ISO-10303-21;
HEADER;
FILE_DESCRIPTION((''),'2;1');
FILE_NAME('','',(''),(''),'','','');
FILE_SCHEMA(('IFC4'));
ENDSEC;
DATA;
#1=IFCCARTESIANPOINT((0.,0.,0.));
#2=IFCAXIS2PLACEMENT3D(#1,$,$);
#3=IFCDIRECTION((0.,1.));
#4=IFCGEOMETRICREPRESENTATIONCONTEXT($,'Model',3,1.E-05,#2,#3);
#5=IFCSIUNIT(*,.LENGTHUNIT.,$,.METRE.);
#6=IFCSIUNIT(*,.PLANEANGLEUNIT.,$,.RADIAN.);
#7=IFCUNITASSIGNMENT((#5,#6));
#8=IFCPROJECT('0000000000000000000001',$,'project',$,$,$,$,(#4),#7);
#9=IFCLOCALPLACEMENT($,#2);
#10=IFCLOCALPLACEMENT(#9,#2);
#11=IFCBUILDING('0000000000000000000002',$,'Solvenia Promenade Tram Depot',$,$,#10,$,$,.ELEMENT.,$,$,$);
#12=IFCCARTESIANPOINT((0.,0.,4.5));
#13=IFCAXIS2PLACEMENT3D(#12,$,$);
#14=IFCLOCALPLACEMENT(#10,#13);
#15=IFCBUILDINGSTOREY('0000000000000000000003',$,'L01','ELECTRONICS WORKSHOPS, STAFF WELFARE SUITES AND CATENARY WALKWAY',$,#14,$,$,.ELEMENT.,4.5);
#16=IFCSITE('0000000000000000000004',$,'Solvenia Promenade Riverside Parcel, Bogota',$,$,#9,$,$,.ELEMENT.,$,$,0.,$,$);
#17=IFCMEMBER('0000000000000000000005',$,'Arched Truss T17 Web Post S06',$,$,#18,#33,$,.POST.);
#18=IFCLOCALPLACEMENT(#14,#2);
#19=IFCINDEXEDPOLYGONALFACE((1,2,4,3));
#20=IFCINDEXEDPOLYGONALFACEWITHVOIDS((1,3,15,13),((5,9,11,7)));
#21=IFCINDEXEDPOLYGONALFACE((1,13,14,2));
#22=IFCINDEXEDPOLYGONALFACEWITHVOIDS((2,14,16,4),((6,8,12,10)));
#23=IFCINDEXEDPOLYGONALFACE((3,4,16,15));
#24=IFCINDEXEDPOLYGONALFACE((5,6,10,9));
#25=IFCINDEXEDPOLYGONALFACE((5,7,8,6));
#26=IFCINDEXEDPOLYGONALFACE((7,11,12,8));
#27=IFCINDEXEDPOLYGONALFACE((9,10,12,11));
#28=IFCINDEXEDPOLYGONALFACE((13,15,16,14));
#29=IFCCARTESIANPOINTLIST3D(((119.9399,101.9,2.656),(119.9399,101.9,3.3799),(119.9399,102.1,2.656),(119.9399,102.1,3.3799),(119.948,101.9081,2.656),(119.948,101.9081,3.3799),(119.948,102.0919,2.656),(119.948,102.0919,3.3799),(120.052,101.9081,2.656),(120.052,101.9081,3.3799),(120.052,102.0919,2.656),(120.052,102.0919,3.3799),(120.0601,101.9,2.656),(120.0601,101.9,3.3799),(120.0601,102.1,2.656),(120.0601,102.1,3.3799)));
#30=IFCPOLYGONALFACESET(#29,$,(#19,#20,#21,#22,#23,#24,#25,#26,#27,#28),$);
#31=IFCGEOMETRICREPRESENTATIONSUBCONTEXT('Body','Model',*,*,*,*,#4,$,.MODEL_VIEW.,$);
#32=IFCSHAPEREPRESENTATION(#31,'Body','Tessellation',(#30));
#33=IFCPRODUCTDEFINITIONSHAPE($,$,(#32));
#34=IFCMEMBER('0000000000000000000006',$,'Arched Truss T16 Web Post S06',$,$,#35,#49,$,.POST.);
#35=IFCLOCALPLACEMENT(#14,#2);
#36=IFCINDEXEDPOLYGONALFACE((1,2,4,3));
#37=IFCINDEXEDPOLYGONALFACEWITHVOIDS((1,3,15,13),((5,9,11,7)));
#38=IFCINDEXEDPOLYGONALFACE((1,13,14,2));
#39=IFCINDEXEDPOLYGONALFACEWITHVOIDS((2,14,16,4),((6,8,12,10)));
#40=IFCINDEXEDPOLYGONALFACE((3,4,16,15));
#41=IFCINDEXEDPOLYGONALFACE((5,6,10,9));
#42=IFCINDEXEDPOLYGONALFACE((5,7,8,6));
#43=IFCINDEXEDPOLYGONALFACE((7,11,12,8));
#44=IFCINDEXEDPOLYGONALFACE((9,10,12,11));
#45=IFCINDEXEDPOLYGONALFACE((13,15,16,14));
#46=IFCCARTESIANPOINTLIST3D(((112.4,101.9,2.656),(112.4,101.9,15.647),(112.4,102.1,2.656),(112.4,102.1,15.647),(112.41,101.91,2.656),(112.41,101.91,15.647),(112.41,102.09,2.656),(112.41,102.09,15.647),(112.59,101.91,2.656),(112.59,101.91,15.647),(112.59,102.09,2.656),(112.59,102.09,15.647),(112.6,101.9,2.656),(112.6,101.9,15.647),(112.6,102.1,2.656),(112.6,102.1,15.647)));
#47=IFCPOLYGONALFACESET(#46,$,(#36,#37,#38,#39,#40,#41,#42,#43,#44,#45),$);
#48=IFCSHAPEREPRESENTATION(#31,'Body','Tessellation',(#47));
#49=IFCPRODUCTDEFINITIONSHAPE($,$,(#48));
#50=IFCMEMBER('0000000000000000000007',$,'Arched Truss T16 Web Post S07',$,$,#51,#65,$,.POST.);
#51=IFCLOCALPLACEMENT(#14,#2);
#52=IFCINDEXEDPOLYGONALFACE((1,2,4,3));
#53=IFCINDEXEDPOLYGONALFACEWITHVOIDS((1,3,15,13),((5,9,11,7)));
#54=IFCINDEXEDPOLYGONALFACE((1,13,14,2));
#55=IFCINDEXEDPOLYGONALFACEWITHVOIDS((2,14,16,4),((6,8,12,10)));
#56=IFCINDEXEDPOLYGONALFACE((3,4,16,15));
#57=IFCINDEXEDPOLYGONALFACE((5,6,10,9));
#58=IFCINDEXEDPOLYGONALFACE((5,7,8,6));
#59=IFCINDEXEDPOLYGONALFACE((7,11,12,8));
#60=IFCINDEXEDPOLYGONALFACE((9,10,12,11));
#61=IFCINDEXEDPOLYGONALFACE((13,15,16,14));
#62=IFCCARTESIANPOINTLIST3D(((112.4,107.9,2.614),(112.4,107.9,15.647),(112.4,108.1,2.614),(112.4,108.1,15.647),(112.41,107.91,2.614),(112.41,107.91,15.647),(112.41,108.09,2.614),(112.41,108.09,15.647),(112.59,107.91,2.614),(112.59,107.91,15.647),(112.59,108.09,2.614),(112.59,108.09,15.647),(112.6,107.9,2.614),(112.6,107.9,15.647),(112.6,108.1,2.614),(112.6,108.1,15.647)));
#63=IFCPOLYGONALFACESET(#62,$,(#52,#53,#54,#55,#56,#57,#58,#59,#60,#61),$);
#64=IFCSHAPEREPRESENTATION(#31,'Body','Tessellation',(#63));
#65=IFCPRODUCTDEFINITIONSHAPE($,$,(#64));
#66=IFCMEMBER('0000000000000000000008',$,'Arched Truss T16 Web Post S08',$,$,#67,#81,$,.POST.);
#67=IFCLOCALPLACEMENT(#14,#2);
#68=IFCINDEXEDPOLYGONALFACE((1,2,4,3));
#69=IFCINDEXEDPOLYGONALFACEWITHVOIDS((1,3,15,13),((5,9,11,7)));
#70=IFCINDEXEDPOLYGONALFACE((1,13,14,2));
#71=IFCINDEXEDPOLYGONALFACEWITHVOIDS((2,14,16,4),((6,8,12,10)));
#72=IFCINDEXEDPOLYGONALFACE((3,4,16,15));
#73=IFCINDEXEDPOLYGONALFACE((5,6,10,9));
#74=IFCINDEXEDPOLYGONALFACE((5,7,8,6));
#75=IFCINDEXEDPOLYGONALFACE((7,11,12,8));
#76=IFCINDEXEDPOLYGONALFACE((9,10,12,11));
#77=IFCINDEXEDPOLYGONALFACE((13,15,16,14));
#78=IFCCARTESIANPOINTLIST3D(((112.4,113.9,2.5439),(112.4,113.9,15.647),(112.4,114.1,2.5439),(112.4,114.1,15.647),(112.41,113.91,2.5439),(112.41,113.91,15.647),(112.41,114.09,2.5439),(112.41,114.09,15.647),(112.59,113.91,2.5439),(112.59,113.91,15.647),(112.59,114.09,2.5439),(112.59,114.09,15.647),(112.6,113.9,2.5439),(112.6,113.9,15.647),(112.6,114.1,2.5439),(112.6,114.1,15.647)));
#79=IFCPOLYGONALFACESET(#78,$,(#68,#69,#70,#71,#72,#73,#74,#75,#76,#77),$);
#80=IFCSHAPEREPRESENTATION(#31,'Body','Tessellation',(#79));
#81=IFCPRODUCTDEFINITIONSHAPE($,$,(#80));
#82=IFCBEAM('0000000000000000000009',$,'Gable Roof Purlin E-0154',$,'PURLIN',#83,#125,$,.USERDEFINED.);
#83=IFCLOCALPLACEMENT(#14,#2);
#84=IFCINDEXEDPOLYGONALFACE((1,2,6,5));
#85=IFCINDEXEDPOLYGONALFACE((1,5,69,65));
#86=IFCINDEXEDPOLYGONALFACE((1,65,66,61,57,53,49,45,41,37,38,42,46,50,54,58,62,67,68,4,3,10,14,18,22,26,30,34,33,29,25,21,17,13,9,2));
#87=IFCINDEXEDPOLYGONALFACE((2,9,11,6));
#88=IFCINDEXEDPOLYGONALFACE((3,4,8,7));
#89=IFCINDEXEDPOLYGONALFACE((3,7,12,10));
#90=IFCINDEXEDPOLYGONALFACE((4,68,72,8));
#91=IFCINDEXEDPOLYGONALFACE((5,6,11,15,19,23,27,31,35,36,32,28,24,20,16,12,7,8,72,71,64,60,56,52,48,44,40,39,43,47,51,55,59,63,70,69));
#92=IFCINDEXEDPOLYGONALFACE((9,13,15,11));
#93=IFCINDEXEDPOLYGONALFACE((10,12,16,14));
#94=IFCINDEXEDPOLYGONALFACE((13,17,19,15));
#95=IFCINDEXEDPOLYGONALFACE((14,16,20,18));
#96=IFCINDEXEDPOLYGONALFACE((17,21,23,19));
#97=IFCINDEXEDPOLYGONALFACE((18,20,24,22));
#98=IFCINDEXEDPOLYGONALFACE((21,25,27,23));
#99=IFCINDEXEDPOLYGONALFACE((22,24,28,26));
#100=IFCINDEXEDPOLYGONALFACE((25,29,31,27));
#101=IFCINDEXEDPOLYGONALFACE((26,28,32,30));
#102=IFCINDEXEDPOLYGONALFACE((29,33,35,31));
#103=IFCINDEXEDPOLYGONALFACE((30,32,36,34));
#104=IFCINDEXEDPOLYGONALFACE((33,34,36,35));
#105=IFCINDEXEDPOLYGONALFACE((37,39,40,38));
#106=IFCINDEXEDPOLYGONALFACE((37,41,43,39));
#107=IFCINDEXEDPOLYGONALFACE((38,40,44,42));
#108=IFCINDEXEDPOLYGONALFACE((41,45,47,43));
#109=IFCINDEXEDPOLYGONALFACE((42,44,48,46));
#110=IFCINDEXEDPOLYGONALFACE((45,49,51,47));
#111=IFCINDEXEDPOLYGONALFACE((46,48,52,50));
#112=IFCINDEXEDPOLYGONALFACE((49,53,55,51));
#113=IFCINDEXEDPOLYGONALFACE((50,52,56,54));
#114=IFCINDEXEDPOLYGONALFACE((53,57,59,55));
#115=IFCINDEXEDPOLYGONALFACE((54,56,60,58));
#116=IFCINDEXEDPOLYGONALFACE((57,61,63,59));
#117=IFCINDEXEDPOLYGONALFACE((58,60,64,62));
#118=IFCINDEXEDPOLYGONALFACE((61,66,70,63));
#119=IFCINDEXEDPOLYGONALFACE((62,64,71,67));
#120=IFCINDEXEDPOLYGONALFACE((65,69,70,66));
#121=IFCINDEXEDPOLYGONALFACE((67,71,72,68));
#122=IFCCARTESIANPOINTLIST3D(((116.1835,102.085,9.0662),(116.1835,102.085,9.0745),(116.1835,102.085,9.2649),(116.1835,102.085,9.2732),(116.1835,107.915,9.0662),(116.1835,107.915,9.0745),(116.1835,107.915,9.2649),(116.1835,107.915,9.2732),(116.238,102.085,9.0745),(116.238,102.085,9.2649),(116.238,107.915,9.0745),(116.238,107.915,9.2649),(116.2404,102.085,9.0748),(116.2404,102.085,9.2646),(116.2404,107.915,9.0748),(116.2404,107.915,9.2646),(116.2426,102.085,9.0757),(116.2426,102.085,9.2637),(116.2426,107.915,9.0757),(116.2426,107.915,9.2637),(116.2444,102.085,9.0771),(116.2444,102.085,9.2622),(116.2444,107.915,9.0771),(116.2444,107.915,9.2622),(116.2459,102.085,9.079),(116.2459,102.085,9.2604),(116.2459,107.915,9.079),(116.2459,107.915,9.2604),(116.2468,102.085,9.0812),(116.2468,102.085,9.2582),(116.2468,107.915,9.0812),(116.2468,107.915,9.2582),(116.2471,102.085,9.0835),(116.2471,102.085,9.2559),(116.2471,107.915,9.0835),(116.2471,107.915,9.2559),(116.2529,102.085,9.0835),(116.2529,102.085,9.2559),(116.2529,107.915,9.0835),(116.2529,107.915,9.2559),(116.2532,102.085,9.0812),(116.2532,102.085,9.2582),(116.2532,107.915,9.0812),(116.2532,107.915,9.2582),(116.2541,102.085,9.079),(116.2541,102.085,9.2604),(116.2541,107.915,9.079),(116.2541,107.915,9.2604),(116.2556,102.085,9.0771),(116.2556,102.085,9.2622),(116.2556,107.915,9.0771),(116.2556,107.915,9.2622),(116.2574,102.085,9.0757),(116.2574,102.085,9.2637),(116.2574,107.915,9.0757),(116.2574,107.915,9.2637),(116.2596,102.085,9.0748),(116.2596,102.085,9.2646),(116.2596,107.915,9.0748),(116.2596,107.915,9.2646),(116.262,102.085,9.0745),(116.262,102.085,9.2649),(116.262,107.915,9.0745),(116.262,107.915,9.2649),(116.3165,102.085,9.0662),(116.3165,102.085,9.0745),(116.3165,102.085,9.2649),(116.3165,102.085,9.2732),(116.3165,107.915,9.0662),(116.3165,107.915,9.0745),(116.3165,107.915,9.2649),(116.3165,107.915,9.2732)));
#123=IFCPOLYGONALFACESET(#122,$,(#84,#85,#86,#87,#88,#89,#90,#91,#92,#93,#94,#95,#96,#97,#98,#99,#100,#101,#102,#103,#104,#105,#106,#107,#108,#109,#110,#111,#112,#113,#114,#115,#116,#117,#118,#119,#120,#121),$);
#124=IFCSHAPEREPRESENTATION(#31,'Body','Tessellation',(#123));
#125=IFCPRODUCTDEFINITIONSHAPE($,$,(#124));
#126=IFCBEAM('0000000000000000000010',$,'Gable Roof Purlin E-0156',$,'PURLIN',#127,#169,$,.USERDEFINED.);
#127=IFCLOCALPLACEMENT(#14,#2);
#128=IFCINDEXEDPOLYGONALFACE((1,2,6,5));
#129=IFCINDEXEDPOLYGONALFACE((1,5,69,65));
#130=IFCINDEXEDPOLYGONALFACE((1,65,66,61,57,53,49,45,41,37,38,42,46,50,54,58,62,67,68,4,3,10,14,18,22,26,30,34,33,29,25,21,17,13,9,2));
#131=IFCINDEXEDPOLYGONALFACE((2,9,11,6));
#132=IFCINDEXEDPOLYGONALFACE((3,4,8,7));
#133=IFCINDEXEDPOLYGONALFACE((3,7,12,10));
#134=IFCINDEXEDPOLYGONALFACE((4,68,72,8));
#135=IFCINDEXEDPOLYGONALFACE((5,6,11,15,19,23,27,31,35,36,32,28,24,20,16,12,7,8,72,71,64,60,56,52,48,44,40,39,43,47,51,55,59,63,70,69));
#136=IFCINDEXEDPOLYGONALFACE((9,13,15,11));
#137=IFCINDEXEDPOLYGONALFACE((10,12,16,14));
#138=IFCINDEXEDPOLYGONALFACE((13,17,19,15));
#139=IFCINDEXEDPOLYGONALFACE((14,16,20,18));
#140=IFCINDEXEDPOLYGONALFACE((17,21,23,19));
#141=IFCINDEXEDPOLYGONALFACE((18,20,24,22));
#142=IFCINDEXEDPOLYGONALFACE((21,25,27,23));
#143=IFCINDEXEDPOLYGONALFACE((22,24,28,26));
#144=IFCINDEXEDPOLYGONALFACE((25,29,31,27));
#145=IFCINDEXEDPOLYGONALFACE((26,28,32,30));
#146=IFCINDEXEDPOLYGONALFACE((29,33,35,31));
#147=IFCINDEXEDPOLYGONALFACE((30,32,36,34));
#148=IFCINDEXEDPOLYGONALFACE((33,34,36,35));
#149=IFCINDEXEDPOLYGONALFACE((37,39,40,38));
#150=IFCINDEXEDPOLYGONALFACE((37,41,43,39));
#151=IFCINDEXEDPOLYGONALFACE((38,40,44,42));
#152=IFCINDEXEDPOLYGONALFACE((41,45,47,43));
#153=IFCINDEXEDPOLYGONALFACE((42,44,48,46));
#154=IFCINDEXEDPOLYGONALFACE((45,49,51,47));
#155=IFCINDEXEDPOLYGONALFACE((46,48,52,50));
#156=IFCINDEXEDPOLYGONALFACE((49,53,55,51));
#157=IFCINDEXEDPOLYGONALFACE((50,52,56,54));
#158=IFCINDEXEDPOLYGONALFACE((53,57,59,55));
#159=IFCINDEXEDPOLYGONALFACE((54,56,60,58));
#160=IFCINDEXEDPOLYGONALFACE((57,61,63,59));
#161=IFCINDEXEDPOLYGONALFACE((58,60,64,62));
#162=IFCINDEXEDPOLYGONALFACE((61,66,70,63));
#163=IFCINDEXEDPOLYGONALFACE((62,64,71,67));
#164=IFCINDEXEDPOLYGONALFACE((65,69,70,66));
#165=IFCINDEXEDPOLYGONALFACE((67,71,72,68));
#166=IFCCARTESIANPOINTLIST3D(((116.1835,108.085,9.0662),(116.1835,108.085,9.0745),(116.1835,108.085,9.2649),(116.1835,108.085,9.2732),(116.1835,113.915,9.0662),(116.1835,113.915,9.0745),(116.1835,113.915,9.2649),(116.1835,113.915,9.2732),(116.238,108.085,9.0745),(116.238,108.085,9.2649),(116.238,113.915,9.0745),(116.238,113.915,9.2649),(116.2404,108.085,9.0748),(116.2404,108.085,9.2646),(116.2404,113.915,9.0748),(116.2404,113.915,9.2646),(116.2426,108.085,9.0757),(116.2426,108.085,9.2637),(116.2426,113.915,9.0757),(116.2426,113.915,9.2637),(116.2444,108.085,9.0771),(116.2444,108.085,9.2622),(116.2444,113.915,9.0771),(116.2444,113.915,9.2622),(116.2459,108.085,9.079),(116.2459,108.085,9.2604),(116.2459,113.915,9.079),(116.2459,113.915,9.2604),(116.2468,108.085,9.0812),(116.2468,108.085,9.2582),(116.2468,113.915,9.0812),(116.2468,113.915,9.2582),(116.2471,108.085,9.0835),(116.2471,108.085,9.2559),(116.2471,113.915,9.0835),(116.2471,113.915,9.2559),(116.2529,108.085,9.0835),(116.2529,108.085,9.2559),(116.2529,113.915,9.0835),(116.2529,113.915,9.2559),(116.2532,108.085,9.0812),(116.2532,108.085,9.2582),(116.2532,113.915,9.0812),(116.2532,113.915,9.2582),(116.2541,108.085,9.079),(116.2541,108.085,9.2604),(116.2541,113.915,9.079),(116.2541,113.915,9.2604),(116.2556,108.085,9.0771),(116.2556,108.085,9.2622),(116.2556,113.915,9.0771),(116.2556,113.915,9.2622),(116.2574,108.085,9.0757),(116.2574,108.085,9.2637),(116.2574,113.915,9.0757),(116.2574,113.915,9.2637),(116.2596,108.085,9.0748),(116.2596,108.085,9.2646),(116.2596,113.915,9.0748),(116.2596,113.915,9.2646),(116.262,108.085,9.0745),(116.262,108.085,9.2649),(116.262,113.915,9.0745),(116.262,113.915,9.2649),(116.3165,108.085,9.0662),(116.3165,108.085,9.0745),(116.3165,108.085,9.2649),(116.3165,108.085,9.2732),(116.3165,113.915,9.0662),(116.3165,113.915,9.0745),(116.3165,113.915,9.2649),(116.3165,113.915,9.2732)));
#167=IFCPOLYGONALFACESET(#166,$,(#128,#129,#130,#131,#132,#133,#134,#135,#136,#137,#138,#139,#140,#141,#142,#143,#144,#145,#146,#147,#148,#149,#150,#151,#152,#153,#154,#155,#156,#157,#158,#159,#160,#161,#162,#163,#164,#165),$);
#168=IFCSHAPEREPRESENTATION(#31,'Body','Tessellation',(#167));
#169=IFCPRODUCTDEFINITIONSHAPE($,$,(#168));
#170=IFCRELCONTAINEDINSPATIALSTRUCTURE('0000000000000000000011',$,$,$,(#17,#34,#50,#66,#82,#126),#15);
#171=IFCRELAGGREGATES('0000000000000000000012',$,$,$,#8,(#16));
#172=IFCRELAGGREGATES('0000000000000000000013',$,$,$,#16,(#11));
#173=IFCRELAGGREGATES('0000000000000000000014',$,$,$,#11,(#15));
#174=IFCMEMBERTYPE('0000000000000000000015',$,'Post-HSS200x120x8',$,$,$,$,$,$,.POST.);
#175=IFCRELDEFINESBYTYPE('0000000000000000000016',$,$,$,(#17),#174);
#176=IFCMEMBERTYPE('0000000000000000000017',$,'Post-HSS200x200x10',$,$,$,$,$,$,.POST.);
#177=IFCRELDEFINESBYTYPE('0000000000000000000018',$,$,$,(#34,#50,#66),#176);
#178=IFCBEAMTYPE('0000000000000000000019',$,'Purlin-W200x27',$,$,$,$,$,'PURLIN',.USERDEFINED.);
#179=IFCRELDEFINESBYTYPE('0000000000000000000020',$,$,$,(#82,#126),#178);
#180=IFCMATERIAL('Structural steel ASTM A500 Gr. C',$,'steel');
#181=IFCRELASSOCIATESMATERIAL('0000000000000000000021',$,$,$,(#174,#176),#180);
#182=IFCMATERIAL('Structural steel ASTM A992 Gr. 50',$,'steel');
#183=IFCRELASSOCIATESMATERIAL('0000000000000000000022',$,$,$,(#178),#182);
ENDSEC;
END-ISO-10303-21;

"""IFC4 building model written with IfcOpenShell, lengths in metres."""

from ifc_helpers import new_model, si_unit, direction, frame, origin, origin_2d, place, context, subcontext, project, spatial, hollow_rectangle, i_section, extrude, material, material_profile, profile_set, type_object, element, save


model = new_model("IFC4")

# Units and contexts
model_context = context("Model", 3, precision=1e-05, world=origin(), true_north=direction((0.0, 1.0)))
body_context = subcontext(model_context, "Body", "Model", "MODEL_VIEW")
ifc_project = project(units=[si_unit("LENGTHUNIT", "METRE"), si_unit("PLANEANGLEUNIT", "RADIAN")], contexts=[model_context])

# Site, building, storey
site_placement = place(None, origin())
site = spatial("IfcSite", under=ifc_project, at=site_placement, Name="Solvenia Promenade Riverside Parcel, Bogota", CompositionType="ELEMENT", RefElevation=0.0)
building_placement = place(site_placement, origin())
building = spatial("IfcBuilding", under=site, at=building_placement, Name="Solvenia Promenade Tram Depot", CompositionType="ELEMENT")
storey_placement = place(building_placement, frame((0.0, 0.0, 4.5)))
storey = spatial("IfcBuildingStorey", under=building, at=storey_placement, Name="L01", Description="ELECTRONICS WORKSHOPS, STAFF WELFARE SUITES AND CATENARY WALKWAY", CompositionType="ELEMENT", Elevation=4.5)

# Members
ifc_material_1 = material(Name="Structural steel ASTM A500 Gr. C", Category="steel")
ifc_material_profile_1 = material_profile(ifc_material_1, hollow_rectangle(XDim=0.1201, YDim=0.2, WallThickness=0.0081, at=origin_2d()), Name="HSS200x120x8", Category="steel")
ifc_profile_set_1 = profile_set([ifc_material_profile_1], Name="Structural steel ASTM A500 Gr. C")
member_type_1 = type_object("IfcMemberType", Name="Post-HSS200x120x8", PredefinedType="POST", material=ifc_profile_set_1)
member_1_placement = place(storey_placement, frame((120.0, 102.0, 2.656), z_axis=(0.0, 0.0, 1.0), x_axis=(1.0, 0.0, 0.0)))
element("IfcMember", 1, at=member_1_placement, inside=storey, type_object=member_type_1, Name="Arched Truss T17 Web Post S06", PredefinedType="POST", context=body_context, shape_type="SweptSolid", body=[
    extrude(hollow_rectangle(XDim=0.1201, YDim=0.2, WallThickness=0.0081, at=origin_2d()), origin(), (0.0, 0.0, 1.0), 0.7239),
])
ifc_material_profile_2 = material_profile(ifc_material_1, hollow_rectangle(XDim=0.2, YDim=0.2, WallThickness=0.01, at=origin_2d()), Name="HSS200x200x10", Category="steel")
ifc_profile_set_2 = profile_set([ifc_material_profile_2], Name="Structural steel ASTM A500 Gr. C")
member_type_2 = type_object("IfcMemberType", Name="Post-HSS200x200x10", PredefinedType="POST", material=ifc_profile_set_2)
member_2_placement = place(storey_placement, frame((112.5, 102.0, 2.656), z_axis=(0.0, 0.0, 1.0), x_axis=(1.0, 0.0, 0.0)))
element("IfcMember", 2, at=member_2_placement, inside=storey, type_object=member_type_2, Name="Arched Truss T16 Web Post S06", PredefinedType="POST", context=body_context, shape_type="SweptSolid", body=[
    extrude(hollow_rectangle(XDim=0.2, YDim=0.2, WallThickness=0.01, at=origin_2d()), origin(), (0.0, 0.0, 1.0), 12.991),
])
member_3_placement = place(storey_placement, frame((112.5, 108.0, 2.614), z_axis=(0.0, 0.0, 1.0), x_axis=(1.0, 0.0, 0.0)))
element("IfcMember", 3, at=member_3_placement, inside=storey, type_object=member_type_2, Name="Arched Truss T16 Web Post S07", PredefinedType="POST", context=body_context, shape_type="SweptSolid", body=[
    extrude(hollow_rectangle(XDim=0.2, YDim=0.2, WallThickness=0.01, at=origin_2d()), origin(), (0.0, 0.0, 1.0), 13.033),
])
member_4_placement = place(storey_placement, frame((112.5, 114.0, 2.5439), z_axis=(0.0, 0.0, 1.0), x_axis=(1.0, 0.0, 0.0)))
element("IfcMember", 4, at=member_4_placement, inside=storey, type_object=member_type_2, Name="Arched Truss T16 Web Post S08", PredefinedType="POST", context=body_context, shape_type="SweptSolid", body=[
    extrude(hollow_rectangle(XDim=0.2, YDim=0.2, WallThickness=0.01, at=origin_2d()), origin(), (0.0, 0.0, 1.0), 13.103),
])

# Beams
ifc_material_2 = material(Name="Structural steel ASTM A992 Gr. 50", Category="steel")
ifc_material_profile_3 = material_profile(ifc_material_2, i_section(OverallWidth=0.1331, OverallDepth=0.207, WebThickness=0.0059, FlangeThickness=0.0083, FilletRadius=0.009, at=origin_2d()), Name="W200x27", Category="steel")
ifc_profile_set_3 = profile_set([ifc_material_profile_3], Name="Structural steel ASTM A992 Gr. 50")
beam_type = type_object("IfcBeamType", Name="Purlin-W200x27", ElementType="PURLIN", PredefinedType="USERDEFINED", material=ifc_profile_set_3)
for number, where, z_axis, x_axis, name in (
    (5, (116.25, 102.085, 9.1697), (0.0, 1.0, 0.0), (-1.0, 0.0, 0.0), "Gable Roof Purlin E-0154"),
    (6, (116.25, 108.085, 9.1697), (0.0, 1.0, 0.0), (-1.0, 0.0, 0.0), "Gable Roof Purlin E-0156"),
):
    element("IfcBeam", number, at=place(storey_placement, frame(where, z_axis=z_axis, x_axis=x_axis)), inside=storey, type_object=beam_type, Name=name, ObjectType="PURLIN", PredefinedType="USERDEFINED", context=body_context, shape_type="SweptSolid", body=[
        extrude(i_section(OverallWidth=0.1331, OverallDepth=0.207, WebThickness=0.0059, FlangeThickness=0.0083, FilletRadius=0.009, at=origin_2d()), origin(), (0.0, 0.0, 1.0), 5.8301),
    ])

save(model, "model.ifc")
